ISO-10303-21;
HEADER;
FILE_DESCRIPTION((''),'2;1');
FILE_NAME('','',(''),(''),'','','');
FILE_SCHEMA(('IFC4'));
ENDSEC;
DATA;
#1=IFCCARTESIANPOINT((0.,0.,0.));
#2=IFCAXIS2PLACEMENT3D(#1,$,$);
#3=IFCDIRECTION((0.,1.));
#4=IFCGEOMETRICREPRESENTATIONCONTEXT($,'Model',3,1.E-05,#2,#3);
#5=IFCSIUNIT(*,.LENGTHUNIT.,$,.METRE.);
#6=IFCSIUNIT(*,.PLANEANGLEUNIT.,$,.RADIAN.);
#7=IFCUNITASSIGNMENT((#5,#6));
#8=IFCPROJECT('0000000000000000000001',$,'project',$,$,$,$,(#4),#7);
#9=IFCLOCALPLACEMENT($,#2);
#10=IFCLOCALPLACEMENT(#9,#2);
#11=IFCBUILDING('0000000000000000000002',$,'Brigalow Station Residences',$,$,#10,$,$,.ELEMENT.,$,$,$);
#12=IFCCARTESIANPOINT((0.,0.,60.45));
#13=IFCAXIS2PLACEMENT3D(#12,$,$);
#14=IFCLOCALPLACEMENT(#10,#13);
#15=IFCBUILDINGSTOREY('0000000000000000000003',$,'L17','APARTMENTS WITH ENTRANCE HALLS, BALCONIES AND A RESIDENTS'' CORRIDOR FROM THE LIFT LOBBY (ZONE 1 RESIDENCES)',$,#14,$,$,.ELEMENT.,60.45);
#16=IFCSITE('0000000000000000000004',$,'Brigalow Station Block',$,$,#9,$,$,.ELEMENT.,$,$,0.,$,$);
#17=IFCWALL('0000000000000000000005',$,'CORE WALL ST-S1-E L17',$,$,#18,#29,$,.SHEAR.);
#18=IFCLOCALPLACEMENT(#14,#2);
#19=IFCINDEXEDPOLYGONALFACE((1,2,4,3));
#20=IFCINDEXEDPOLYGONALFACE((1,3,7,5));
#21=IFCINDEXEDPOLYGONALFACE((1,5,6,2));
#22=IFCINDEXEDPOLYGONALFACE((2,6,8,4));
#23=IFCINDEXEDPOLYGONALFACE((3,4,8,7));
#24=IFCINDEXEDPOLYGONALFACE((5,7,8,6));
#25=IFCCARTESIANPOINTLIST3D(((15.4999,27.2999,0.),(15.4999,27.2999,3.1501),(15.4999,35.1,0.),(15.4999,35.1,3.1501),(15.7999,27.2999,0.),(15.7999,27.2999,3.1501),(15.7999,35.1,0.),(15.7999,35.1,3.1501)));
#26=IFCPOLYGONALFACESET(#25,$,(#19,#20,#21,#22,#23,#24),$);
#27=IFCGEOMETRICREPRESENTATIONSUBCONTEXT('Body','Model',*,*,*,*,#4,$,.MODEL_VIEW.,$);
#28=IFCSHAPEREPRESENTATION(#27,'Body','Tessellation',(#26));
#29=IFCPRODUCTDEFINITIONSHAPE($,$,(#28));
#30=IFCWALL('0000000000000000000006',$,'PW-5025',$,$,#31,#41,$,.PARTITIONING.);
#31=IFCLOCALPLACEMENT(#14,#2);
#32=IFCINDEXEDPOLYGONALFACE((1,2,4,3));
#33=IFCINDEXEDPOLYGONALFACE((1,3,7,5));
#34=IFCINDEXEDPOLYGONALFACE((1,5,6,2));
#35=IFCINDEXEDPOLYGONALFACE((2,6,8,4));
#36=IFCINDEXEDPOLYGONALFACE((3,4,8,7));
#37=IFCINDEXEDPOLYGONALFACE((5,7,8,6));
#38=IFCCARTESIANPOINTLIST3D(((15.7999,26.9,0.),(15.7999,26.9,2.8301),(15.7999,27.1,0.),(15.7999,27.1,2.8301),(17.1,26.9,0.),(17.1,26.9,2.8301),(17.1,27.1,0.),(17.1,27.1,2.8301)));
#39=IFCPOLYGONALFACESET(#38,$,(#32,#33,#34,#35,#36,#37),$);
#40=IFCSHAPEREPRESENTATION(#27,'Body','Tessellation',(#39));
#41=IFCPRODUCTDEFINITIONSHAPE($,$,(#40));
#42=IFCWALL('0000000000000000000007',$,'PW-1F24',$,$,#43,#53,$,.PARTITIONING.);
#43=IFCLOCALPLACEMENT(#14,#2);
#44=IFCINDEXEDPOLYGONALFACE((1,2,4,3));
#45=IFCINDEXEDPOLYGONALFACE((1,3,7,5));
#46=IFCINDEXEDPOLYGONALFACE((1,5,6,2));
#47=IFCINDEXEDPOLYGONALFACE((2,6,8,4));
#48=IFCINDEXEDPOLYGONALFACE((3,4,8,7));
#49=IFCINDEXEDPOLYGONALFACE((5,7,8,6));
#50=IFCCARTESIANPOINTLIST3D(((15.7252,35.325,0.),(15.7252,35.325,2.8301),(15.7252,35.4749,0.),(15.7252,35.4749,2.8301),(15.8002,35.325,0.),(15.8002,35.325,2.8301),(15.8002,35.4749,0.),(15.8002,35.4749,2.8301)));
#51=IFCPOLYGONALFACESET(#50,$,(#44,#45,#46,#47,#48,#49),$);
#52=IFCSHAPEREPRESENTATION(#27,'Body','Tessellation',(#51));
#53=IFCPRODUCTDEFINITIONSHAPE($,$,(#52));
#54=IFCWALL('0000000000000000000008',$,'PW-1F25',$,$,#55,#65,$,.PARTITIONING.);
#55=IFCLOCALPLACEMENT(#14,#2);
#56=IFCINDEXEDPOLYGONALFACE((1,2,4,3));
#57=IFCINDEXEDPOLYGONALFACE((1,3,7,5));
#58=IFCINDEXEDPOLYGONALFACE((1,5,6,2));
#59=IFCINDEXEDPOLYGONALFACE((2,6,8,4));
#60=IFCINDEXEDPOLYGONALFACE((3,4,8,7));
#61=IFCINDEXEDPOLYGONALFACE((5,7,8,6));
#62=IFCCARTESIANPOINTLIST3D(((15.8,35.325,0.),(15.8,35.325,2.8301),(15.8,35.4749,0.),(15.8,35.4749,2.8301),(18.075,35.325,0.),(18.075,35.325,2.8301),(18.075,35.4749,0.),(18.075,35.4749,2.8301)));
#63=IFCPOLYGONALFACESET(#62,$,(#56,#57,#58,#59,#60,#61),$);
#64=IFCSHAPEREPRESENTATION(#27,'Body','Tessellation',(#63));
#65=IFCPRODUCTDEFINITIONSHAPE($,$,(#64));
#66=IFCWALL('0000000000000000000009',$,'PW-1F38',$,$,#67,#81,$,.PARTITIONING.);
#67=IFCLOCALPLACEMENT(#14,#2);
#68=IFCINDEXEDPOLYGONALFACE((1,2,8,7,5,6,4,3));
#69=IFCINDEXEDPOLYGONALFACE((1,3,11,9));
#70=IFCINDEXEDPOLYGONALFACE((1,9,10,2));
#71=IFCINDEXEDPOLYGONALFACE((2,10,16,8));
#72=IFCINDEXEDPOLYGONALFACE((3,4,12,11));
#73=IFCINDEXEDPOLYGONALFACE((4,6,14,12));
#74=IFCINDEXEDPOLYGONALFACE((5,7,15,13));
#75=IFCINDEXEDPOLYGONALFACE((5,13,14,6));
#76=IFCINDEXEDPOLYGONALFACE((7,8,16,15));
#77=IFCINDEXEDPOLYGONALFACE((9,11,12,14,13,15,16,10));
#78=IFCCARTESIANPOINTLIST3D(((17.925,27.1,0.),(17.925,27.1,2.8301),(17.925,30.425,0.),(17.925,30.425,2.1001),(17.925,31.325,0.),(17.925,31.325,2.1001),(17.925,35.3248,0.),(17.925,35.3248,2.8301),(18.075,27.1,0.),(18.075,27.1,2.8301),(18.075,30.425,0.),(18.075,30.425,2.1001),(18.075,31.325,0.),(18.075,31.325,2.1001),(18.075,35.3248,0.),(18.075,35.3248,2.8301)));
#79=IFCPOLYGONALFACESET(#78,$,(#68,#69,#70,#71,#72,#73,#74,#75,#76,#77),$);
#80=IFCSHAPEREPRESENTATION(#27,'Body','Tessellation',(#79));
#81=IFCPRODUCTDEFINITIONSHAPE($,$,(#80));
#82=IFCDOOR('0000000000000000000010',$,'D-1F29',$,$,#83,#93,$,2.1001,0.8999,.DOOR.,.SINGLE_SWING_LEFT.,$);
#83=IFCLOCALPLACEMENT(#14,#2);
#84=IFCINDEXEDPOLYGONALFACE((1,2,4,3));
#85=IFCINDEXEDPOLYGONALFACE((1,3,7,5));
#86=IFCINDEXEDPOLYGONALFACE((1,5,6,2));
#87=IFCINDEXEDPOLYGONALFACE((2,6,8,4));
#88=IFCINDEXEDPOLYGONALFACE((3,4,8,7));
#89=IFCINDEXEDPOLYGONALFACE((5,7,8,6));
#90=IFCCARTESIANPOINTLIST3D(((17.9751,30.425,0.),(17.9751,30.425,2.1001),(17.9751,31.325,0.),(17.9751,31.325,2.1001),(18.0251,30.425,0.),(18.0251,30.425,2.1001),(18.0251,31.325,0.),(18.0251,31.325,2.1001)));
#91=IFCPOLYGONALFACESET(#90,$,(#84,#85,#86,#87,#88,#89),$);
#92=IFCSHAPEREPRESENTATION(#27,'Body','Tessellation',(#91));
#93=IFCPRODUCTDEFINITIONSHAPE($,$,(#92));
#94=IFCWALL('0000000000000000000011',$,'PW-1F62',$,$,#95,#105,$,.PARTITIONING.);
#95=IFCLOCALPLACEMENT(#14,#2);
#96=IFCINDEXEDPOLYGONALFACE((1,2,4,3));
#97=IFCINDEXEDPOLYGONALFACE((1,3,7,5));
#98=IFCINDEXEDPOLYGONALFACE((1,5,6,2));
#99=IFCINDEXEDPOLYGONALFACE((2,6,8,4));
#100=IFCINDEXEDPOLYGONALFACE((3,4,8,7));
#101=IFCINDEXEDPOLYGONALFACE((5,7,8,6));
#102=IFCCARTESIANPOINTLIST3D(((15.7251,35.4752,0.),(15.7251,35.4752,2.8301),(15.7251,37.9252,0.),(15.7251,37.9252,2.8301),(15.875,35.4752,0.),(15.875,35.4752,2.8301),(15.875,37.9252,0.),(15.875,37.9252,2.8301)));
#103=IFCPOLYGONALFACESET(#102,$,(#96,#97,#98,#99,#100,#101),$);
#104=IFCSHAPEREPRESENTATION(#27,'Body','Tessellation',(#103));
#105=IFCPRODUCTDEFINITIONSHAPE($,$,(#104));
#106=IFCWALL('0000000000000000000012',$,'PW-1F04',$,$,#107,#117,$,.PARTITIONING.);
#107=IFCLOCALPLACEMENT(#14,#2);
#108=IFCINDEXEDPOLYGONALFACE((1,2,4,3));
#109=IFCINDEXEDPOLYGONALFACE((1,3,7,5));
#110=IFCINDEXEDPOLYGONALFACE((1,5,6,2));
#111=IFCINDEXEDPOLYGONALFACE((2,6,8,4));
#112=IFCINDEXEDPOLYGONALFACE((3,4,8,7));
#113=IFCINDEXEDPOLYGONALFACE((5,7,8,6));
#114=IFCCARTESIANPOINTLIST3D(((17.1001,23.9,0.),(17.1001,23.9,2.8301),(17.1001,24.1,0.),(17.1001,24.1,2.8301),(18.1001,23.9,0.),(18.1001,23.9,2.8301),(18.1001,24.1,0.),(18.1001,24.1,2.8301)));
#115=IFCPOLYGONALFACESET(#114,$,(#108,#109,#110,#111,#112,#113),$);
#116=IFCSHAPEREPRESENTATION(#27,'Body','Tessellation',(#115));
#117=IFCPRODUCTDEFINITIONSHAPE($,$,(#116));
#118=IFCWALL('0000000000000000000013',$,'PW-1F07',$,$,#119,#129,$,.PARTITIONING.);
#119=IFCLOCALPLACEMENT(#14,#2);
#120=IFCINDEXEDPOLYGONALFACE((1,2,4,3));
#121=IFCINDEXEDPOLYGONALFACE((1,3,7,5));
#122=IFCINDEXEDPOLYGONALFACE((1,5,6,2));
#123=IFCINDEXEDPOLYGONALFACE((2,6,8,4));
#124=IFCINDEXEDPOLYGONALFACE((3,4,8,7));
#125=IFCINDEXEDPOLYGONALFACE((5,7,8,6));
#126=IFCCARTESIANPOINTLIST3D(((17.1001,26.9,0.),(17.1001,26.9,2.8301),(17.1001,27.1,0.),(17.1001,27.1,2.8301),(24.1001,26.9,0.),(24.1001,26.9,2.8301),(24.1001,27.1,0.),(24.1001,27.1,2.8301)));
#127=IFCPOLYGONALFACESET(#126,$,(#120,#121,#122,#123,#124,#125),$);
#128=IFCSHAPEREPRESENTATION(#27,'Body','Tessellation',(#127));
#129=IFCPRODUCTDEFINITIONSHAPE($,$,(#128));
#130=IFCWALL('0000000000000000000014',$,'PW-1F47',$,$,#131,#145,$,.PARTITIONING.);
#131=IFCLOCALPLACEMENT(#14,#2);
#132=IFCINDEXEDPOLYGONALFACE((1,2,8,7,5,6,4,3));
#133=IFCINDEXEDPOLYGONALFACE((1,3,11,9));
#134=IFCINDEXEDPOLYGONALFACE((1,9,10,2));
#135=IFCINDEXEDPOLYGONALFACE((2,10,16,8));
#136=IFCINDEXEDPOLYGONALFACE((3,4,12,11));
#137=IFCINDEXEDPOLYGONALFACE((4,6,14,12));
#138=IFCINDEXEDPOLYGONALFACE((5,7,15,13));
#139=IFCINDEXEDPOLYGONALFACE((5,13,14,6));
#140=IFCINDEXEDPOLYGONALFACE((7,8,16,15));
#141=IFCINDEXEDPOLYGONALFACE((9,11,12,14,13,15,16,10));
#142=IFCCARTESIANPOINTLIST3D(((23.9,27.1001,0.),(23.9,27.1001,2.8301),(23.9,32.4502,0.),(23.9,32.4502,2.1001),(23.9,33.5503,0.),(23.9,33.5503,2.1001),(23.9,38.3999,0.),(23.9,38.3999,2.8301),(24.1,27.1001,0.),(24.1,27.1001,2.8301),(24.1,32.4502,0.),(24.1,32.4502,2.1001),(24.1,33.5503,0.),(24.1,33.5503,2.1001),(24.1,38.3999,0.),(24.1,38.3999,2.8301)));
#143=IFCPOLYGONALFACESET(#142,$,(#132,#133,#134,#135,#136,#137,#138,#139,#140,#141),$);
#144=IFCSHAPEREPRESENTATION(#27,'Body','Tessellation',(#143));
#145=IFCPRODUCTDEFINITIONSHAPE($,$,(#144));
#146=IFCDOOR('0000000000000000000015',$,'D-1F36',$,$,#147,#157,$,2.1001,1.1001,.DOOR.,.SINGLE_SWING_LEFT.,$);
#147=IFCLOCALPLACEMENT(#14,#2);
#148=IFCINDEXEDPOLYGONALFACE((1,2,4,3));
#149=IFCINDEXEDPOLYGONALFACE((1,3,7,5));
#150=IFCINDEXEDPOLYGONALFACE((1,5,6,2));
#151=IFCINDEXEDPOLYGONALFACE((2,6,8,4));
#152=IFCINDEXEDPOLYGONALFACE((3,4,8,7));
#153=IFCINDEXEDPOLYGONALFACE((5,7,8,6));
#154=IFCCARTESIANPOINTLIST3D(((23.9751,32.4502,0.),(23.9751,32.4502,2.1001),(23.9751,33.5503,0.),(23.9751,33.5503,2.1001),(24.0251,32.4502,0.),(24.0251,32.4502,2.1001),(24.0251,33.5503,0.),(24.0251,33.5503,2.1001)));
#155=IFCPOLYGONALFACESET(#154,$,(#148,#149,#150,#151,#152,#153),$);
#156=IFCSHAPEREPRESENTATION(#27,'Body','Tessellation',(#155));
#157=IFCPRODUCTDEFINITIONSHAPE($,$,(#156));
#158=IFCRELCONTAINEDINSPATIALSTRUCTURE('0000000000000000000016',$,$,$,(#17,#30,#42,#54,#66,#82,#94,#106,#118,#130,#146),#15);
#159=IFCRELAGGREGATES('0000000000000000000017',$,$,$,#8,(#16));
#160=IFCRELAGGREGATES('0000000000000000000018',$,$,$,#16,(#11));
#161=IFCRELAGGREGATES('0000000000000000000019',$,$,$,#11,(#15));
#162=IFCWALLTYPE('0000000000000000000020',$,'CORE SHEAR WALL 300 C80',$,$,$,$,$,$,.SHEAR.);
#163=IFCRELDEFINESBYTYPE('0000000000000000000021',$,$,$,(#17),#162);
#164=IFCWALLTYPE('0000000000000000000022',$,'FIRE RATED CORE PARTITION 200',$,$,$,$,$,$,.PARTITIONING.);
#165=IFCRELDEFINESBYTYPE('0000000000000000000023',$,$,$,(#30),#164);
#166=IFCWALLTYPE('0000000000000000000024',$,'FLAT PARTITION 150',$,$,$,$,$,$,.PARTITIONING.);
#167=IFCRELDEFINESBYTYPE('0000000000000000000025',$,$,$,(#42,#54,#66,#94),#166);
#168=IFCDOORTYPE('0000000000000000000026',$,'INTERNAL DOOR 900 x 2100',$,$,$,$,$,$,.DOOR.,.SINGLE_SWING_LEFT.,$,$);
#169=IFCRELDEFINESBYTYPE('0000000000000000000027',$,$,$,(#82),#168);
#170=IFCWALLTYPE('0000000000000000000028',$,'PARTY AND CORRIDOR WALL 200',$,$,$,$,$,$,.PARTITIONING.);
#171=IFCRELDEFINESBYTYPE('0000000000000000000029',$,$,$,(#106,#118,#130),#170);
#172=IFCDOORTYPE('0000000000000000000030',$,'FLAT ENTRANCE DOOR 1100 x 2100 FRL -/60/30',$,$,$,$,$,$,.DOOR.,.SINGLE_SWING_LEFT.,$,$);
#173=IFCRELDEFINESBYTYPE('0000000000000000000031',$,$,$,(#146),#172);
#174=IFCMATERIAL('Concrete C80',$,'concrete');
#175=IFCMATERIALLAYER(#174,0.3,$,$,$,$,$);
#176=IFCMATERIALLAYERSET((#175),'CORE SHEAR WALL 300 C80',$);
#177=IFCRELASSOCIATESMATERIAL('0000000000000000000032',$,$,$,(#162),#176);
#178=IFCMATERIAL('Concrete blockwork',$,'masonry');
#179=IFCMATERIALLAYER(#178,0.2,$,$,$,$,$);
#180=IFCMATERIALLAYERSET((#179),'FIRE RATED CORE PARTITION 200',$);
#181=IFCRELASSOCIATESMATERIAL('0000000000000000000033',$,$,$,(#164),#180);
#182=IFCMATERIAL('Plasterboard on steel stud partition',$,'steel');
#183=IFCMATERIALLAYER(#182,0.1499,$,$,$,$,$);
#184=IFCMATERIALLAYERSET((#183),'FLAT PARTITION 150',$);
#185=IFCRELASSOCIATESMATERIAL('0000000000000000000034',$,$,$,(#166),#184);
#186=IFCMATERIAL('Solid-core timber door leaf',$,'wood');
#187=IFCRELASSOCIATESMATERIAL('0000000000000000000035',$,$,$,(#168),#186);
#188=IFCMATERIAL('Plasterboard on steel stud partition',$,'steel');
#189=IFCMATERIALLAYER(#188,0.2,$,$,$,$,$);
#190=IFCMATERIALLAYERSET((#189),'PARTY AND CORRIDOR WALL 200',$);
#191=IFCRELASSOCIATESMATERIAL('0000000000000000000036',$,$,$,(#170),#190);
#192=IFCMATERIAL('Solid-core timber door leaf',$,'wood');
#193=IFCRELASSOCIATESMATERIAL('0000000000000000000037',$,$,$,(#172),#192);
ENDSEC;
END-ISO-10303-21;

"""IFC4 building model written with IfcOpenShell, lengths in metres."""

from ifc_helpers import new_model, si_unit, direction, frame, frame_2d, origin, place, context, subcontext, project, spatial, rectangle, extrude, material, layer, layer_set, type_object, element, fill, save


model = new_model("IFC4")

# Units and contexts
model_context = context("Model", 3, precision=1e-05, world=origin(), true_north=direction((0.0, 1.0)))
body_context = subcontext(model_context, "Body", "Model", "MODEL_VIEW")
ifc_project = project(units=[si_unit("LENGTHUNIT", "METRE"), si_unit("PLANEANGLEUNIT", "RADIAN")], contexts=[model_context])

# Site, building, storey
site_placement = place(None, origin())
site = spatial("IfcSite", under=ifc_project, at=site_placement, Name="Brigalow Station Block", CompositionType="ELEMENT", RefElevation=0.0)
building_placement = place(site_placement, origin())
building = spatial("IfcBuilding", under=site, at=building_placement, Name="Brigalow Station Residences", CompositionType="ELEMENT")
storey_placement = place(building_placement, frame((0.0, 0.0, 60.45)))
storey = spatial("IfcBuildingStorey", under=building, at=storey_placement, Name="L17", Description="APARTMENTS WITH ENTRANCE HALLS, BALCONIES AND A RESIDENTS' CORRIDOR FROM THE LIFT LOBBY (ZONE 1 RESIDENCES)", CompositionType="ELEMENT", Elevation=60.45)

# Walls
ifc_material_1 = material(Name="Concrete C80", Category="concrete")
ifc_layer_1 = layer(ifc_material_1, 0.3)
ifc_layer_set_1 = layer_set([ifc_layer_1], Name="CORE SHEAR WALL 300 C80")
wall_type_1 = type_object("IfcWallType", Name="CORE SHEAR WALL 300 C80", PredefinedType="SHEAR", material=ifc_layer_set_1)
wall_1_placement = place(storey_placement, frame((15.6499, 27.3, 0.0), z_axis=(0.0, 0.0, 1.0), x_axis=(0.0, 1.0, 0.0)))
element("IfcWall", 1, at=wall_1_placement, inside=storey, type_object=wall_type_1, Name="CORE WALL ST-S1-E L17", PredefinedType="SHEAR", context=body_context, shape_type="SweptSolid", body=[
    extrude(rectangle(XDim=7.8, YDim=0.3, at=frame_2d((3.8999, 0.0))), origin(), (0.0, 0.0, 1.0), 3.1501),
])
ifc_material_2 = material(Name="Concrete blockwork", Category="masonry")
ifc_layer_2 = layer(ifc_material_2, 0.2)
ifc_layer_set_2 = layer_set([ifc_layer_2], Name="FIRE RATED CORE PARTITION 200")
wall_type_2 = type_object("IfcWallType", Name="FIRE RATED CORE PARTITION 200", PredefinedType="PARTITIONING", material=ifc_layer_set_2)
wall_2_placement = place(storey_placement, frame((15.8, 27.0, 0.0), z_axis=(0.0, 0.0, 1.0), x_axis=(1.0, 0.0, 0.0)))
element("IfcWall", 2, at=wall_2_placement, inside=storey, type_object=wall_type_2, Name="PW-5025", PredefinedType="PARTITIONING", context=body_context, shape_type="SweptSolid", body=[
    extrude(rectangle(XDim=1.3, YDim=0.2, at=frame_2d((0.6499, 0.0))), origin(), (0.0, 0.0, 1.0), 2.8301),
])
ifc_material_3 = material(Name="Plasterboard on steel stud partition", Category="steel")
ifc_layer_3 = layer(ifc_material_3, 0.1499)
ifc_layer_set_3 = layer_set([ifc_layer_3], Name="FLAT PARTITION 150")
wall_type_3 = type_object("IfcWallType", Name="FLAT PARTITION 150", PredefinedType="PARTITIONING", material=ifc_layer_set_3)
wall_3_placement = place(storey_placement, frame((15.7251, 35.3999, 0.0), z_axis=(0.0, 0.0, 1.0), x_axis=(1.0, 0.0, 0.0)))
element("IfcWall", 3, at=wall_3_placement, inside=storey, type_object=wall_type_3, Name="PW-1F24", PredefinedType="PARTITIONING", context=body_context, shape_type="SweptSolid", body=[
    extrude(rectangle(XDim=0.075, YDim=0.1499, at=frame_2d((0.0376, 0.0))), origin(), (0.0, 0.0, 1.0), 2.8301),
])
wall_4_placement = place(storey_placement, frame((15.8, 35.3999, 0.0), z_axis=(0.0, 0.0, 1.0), x_axis=(1.0, 0.0, 0.0)))
element("IfcWall", 4, at=wall_4_placement, inside=storey, type_object=wall_type_3, Name="PW-1F25", PredefinedType="PARTITIONING", context=body_context, shape_type="SweptSolid", body=[
    extrude(rectangle(XDim=2.2749, YDim=0.1499, at=frame_2d((1.1375, 0.0))), origin(), (0.0, 0.0, 1.0), 2.8301),
])

# Wall, opening, door
wall_5_placement = place(storey_placement, frame((18.0, 27.1001, 0.0), z_axis=(0.0, 0.0, 1.0), x_axis=(0.0, 1.0, 0.0)))
wall_5 = element("IfcWall", 5, at=wall_5_placement, inside=storey, type_object=wall_type_3, Name="PW-1F38", PredefinedType="PARTITIONING", context=body_context, shape_type="SweptSolid", body=[
    extrude(rectangle(XDim=8.2249, YDim=0.1499, at=frame_2d((4.1123, 0.0))), origin(), (0.0, 0.0, 1.0), 2.8301),
])
opening_1_placement = place(wall_5_placement, frame((3.325, 0.0, 0.0)))
opening_1 = element("IfcOpeningElement", 6, at=opening_1_placement, cuts=wall_5, PredefinedType="OPENING", context=body_context, shape_type="SweptSolid", body=[
    extrude(rectangle(XDim=0.8999, YDim=2.1001, at=frame_2d((0.45, 1.05))), frame((0.0, 0.085, 0.0), z_axis=(0.0, -1.0, 0.0), x_axis=(1.0, 0.0, 0.0)), (0.0, 0.0, 1.0), 0.1699),
])
ifc_material_4 = material(Name="Solid-core timber door leaf", Category="wood")
door_type_1 = type_object("IfcDoorType", Name="INTERNAL DOOR 900 x 2100", OperationType="SINGLE_SWING_LEFT", PredefinedType="DOOR", material=ifc_material_4)
door_1_placement = place(opening_1_placement, origin())
door_1 = element("IfcDoor", 7, at=door_1_placement, inside=storey, type_object=door_type_1, Name="D-1F29", OperationType="SINGLE_SWING_LEFT", OverallHeight=2.1001, OverallWidth=0.8999, PredefinedType="DOOR", context=body_context, shape_type="SweptSolid", body=[
    extrude(rectangle(XDim=0.8999, YDim=2.1001, at=frame_2d((0.45, 1.05))), frame((0.0, 0.0249, 0.0), z_axis=(0.0, -1.0, 0.0), x_axis=(1.0, 0.0, 0.0)), (0.0, 0.0, 1.0), 0.05),
])
fill(opening_1, door_1)

# Walls
wall_6_placement = place(storey_placement, frame((15.8, 35.4751, 0.0), z_axis=(0.0, 0.0, 1.0), x_axis=(0.0, 1.0, 0.0)))
element("IfcWall", 8, at=wall_6_placement, inside=storey, type_object=wall_type_3, Name="PW-1F62", PredefinedType="PARTITIONING", context=body_context, shape_type="SweptSolid", body=[
    extrude(rectangle(XDim=2.45, YDim=0.1499, at=frame_2d((1.2251, 0.0))), origin(), (0.0, 0.0, 1.0), 2.8301),
])
ifc_material_5 = material(Name="Plasterboard on steel stud partition", Category="steel")
ifc_layer_4 = layer(ifc_material_5, 0.2)
ifc_layer_set_4 = layer_set([ifc_layer_4], Name="PARTY AND CORRIDOR WALL 200")
wall_type_4 = type_object("IfcWallType", Name="PARTY AND CORRIDOR WALL 200", PredefinedType="PARTITIONING", material=ifc_layer_set_4)
wall_7_placement = place(storey_placement, frame((17.1001, 24.0, 0.0), z_axis=(0.0, 0.0, 1.0), x_axis=(1.0, 0.0, 0.0)))
element("IfcWall", 9, at=wall_7_placement, inside=storey, type_object=wall_type_4, Name="PW-1F04", PredefinedType="PARTITIONING", context=body_context, shape_type="SweptSolid", body=[
    extrude(rectangle(XDim=1.0, YDim=0.2, at=frame_2d((0.5, 0.0))), origin(), (0.0, 0.0, 1.0), 2.8301),
])
wall_8_placement = place(storey_placement, frame((17.1001, 27.0, 0.0), z_axis=(0.0, 0.0, 1.0), x_axis=(1.0, 0.0, 0.0)))
element("IfcWall", 10, at=wall_8_placement, inside=storey, type_object=wall_type_4, Name="PW-1F07", PredefinedType="PARTITIONING", context=body_context, shape_type="SweptSolid", body=[
    extrude(rectangle(XDim=7.0, YDim=0.2, at=frame_2d((3.5, 0.0))), origin(), (0.0, 0.0, 1.0), 2.8301),
])

# Wall, opening, door
wall_9_placement = place(storey_placement, frame((24.0, 27.1001, 0.0), z_axis=(0.0, 0.0, 1.0), x_axis=(0.0, 1.0, 0.0)))
wall_9 = element("IfcWall", 11, at=wall_9_placement, inside=storey, type_object=wall_type_4, Name="PW-1F47", PredefinedType="PARTITIONING", context=body_context, shape_type="SweptSolid", body=[
    extrude(rectangle(XDim=11.2998, YDim=0.2, at=frame_2d((5.6499, 0.0))), origin(), (0.0, 0.0, 1.0), 2.8301),
])
opening_2_placement = place(wall_9_placement, frame((5.3501, 0.0, 0.0)))
opening_2 = element("IfcOpeningElement", 12, at=opening_2_placement, cuts=wall_9, PredefinedType="OPENING", context=body_context, shape_type="SweptSolid", body=[
    extrude(rectangle(XDim=1.1001, YDim=2.1001, at=frame_2d((0.55, 1.05))), frame((0.0, 0.1099, 0.0), z_axis=(0.0, -1.0, 0.0), x_axis=(1.0, 0.0, 0.0)), (0.0, 0.0, 1.0), 0.22),
])
ifc_material_6 = material(Name="Solid-core timber door leaf", Category="wood")
door_type_2 = type_object("IfcDoorType", Name="FLAT ENTRANCE DOOR 1100 x 2100 FRL -/60/30", OperationType="SINGLE_SWING_LEFT", PredefinedType="DOOR", material=ifc_material_6)
door_2_placement = place(opening_2_placement, origin())
door_2 = element("IfcDoor", 13, at=door_2_placement, inside=storey, type_object=door_type_2, Name="D-1F36", OperationType="SINGLE_SWING_LEFT", OverallHeight=2.1001, OverallWidth=1.1001, PredefinedType="DOOR", context=body_context, shape_type="SweptSolid", body=[
    extrude(rectangle(XDim=1.1001, YDim=2.1001, at=frame_2d((0.55, 1.05))), frame((0.0, 0.0249, 0.0), z_axis=(0.0, -1.0, 0.0), x_axis=(1.0, 0.0, 0.0)), (0.0, 0.0, 1.0), 0.05),
])
fill(opening_2, door_2)

save(model, "model.ifc")
